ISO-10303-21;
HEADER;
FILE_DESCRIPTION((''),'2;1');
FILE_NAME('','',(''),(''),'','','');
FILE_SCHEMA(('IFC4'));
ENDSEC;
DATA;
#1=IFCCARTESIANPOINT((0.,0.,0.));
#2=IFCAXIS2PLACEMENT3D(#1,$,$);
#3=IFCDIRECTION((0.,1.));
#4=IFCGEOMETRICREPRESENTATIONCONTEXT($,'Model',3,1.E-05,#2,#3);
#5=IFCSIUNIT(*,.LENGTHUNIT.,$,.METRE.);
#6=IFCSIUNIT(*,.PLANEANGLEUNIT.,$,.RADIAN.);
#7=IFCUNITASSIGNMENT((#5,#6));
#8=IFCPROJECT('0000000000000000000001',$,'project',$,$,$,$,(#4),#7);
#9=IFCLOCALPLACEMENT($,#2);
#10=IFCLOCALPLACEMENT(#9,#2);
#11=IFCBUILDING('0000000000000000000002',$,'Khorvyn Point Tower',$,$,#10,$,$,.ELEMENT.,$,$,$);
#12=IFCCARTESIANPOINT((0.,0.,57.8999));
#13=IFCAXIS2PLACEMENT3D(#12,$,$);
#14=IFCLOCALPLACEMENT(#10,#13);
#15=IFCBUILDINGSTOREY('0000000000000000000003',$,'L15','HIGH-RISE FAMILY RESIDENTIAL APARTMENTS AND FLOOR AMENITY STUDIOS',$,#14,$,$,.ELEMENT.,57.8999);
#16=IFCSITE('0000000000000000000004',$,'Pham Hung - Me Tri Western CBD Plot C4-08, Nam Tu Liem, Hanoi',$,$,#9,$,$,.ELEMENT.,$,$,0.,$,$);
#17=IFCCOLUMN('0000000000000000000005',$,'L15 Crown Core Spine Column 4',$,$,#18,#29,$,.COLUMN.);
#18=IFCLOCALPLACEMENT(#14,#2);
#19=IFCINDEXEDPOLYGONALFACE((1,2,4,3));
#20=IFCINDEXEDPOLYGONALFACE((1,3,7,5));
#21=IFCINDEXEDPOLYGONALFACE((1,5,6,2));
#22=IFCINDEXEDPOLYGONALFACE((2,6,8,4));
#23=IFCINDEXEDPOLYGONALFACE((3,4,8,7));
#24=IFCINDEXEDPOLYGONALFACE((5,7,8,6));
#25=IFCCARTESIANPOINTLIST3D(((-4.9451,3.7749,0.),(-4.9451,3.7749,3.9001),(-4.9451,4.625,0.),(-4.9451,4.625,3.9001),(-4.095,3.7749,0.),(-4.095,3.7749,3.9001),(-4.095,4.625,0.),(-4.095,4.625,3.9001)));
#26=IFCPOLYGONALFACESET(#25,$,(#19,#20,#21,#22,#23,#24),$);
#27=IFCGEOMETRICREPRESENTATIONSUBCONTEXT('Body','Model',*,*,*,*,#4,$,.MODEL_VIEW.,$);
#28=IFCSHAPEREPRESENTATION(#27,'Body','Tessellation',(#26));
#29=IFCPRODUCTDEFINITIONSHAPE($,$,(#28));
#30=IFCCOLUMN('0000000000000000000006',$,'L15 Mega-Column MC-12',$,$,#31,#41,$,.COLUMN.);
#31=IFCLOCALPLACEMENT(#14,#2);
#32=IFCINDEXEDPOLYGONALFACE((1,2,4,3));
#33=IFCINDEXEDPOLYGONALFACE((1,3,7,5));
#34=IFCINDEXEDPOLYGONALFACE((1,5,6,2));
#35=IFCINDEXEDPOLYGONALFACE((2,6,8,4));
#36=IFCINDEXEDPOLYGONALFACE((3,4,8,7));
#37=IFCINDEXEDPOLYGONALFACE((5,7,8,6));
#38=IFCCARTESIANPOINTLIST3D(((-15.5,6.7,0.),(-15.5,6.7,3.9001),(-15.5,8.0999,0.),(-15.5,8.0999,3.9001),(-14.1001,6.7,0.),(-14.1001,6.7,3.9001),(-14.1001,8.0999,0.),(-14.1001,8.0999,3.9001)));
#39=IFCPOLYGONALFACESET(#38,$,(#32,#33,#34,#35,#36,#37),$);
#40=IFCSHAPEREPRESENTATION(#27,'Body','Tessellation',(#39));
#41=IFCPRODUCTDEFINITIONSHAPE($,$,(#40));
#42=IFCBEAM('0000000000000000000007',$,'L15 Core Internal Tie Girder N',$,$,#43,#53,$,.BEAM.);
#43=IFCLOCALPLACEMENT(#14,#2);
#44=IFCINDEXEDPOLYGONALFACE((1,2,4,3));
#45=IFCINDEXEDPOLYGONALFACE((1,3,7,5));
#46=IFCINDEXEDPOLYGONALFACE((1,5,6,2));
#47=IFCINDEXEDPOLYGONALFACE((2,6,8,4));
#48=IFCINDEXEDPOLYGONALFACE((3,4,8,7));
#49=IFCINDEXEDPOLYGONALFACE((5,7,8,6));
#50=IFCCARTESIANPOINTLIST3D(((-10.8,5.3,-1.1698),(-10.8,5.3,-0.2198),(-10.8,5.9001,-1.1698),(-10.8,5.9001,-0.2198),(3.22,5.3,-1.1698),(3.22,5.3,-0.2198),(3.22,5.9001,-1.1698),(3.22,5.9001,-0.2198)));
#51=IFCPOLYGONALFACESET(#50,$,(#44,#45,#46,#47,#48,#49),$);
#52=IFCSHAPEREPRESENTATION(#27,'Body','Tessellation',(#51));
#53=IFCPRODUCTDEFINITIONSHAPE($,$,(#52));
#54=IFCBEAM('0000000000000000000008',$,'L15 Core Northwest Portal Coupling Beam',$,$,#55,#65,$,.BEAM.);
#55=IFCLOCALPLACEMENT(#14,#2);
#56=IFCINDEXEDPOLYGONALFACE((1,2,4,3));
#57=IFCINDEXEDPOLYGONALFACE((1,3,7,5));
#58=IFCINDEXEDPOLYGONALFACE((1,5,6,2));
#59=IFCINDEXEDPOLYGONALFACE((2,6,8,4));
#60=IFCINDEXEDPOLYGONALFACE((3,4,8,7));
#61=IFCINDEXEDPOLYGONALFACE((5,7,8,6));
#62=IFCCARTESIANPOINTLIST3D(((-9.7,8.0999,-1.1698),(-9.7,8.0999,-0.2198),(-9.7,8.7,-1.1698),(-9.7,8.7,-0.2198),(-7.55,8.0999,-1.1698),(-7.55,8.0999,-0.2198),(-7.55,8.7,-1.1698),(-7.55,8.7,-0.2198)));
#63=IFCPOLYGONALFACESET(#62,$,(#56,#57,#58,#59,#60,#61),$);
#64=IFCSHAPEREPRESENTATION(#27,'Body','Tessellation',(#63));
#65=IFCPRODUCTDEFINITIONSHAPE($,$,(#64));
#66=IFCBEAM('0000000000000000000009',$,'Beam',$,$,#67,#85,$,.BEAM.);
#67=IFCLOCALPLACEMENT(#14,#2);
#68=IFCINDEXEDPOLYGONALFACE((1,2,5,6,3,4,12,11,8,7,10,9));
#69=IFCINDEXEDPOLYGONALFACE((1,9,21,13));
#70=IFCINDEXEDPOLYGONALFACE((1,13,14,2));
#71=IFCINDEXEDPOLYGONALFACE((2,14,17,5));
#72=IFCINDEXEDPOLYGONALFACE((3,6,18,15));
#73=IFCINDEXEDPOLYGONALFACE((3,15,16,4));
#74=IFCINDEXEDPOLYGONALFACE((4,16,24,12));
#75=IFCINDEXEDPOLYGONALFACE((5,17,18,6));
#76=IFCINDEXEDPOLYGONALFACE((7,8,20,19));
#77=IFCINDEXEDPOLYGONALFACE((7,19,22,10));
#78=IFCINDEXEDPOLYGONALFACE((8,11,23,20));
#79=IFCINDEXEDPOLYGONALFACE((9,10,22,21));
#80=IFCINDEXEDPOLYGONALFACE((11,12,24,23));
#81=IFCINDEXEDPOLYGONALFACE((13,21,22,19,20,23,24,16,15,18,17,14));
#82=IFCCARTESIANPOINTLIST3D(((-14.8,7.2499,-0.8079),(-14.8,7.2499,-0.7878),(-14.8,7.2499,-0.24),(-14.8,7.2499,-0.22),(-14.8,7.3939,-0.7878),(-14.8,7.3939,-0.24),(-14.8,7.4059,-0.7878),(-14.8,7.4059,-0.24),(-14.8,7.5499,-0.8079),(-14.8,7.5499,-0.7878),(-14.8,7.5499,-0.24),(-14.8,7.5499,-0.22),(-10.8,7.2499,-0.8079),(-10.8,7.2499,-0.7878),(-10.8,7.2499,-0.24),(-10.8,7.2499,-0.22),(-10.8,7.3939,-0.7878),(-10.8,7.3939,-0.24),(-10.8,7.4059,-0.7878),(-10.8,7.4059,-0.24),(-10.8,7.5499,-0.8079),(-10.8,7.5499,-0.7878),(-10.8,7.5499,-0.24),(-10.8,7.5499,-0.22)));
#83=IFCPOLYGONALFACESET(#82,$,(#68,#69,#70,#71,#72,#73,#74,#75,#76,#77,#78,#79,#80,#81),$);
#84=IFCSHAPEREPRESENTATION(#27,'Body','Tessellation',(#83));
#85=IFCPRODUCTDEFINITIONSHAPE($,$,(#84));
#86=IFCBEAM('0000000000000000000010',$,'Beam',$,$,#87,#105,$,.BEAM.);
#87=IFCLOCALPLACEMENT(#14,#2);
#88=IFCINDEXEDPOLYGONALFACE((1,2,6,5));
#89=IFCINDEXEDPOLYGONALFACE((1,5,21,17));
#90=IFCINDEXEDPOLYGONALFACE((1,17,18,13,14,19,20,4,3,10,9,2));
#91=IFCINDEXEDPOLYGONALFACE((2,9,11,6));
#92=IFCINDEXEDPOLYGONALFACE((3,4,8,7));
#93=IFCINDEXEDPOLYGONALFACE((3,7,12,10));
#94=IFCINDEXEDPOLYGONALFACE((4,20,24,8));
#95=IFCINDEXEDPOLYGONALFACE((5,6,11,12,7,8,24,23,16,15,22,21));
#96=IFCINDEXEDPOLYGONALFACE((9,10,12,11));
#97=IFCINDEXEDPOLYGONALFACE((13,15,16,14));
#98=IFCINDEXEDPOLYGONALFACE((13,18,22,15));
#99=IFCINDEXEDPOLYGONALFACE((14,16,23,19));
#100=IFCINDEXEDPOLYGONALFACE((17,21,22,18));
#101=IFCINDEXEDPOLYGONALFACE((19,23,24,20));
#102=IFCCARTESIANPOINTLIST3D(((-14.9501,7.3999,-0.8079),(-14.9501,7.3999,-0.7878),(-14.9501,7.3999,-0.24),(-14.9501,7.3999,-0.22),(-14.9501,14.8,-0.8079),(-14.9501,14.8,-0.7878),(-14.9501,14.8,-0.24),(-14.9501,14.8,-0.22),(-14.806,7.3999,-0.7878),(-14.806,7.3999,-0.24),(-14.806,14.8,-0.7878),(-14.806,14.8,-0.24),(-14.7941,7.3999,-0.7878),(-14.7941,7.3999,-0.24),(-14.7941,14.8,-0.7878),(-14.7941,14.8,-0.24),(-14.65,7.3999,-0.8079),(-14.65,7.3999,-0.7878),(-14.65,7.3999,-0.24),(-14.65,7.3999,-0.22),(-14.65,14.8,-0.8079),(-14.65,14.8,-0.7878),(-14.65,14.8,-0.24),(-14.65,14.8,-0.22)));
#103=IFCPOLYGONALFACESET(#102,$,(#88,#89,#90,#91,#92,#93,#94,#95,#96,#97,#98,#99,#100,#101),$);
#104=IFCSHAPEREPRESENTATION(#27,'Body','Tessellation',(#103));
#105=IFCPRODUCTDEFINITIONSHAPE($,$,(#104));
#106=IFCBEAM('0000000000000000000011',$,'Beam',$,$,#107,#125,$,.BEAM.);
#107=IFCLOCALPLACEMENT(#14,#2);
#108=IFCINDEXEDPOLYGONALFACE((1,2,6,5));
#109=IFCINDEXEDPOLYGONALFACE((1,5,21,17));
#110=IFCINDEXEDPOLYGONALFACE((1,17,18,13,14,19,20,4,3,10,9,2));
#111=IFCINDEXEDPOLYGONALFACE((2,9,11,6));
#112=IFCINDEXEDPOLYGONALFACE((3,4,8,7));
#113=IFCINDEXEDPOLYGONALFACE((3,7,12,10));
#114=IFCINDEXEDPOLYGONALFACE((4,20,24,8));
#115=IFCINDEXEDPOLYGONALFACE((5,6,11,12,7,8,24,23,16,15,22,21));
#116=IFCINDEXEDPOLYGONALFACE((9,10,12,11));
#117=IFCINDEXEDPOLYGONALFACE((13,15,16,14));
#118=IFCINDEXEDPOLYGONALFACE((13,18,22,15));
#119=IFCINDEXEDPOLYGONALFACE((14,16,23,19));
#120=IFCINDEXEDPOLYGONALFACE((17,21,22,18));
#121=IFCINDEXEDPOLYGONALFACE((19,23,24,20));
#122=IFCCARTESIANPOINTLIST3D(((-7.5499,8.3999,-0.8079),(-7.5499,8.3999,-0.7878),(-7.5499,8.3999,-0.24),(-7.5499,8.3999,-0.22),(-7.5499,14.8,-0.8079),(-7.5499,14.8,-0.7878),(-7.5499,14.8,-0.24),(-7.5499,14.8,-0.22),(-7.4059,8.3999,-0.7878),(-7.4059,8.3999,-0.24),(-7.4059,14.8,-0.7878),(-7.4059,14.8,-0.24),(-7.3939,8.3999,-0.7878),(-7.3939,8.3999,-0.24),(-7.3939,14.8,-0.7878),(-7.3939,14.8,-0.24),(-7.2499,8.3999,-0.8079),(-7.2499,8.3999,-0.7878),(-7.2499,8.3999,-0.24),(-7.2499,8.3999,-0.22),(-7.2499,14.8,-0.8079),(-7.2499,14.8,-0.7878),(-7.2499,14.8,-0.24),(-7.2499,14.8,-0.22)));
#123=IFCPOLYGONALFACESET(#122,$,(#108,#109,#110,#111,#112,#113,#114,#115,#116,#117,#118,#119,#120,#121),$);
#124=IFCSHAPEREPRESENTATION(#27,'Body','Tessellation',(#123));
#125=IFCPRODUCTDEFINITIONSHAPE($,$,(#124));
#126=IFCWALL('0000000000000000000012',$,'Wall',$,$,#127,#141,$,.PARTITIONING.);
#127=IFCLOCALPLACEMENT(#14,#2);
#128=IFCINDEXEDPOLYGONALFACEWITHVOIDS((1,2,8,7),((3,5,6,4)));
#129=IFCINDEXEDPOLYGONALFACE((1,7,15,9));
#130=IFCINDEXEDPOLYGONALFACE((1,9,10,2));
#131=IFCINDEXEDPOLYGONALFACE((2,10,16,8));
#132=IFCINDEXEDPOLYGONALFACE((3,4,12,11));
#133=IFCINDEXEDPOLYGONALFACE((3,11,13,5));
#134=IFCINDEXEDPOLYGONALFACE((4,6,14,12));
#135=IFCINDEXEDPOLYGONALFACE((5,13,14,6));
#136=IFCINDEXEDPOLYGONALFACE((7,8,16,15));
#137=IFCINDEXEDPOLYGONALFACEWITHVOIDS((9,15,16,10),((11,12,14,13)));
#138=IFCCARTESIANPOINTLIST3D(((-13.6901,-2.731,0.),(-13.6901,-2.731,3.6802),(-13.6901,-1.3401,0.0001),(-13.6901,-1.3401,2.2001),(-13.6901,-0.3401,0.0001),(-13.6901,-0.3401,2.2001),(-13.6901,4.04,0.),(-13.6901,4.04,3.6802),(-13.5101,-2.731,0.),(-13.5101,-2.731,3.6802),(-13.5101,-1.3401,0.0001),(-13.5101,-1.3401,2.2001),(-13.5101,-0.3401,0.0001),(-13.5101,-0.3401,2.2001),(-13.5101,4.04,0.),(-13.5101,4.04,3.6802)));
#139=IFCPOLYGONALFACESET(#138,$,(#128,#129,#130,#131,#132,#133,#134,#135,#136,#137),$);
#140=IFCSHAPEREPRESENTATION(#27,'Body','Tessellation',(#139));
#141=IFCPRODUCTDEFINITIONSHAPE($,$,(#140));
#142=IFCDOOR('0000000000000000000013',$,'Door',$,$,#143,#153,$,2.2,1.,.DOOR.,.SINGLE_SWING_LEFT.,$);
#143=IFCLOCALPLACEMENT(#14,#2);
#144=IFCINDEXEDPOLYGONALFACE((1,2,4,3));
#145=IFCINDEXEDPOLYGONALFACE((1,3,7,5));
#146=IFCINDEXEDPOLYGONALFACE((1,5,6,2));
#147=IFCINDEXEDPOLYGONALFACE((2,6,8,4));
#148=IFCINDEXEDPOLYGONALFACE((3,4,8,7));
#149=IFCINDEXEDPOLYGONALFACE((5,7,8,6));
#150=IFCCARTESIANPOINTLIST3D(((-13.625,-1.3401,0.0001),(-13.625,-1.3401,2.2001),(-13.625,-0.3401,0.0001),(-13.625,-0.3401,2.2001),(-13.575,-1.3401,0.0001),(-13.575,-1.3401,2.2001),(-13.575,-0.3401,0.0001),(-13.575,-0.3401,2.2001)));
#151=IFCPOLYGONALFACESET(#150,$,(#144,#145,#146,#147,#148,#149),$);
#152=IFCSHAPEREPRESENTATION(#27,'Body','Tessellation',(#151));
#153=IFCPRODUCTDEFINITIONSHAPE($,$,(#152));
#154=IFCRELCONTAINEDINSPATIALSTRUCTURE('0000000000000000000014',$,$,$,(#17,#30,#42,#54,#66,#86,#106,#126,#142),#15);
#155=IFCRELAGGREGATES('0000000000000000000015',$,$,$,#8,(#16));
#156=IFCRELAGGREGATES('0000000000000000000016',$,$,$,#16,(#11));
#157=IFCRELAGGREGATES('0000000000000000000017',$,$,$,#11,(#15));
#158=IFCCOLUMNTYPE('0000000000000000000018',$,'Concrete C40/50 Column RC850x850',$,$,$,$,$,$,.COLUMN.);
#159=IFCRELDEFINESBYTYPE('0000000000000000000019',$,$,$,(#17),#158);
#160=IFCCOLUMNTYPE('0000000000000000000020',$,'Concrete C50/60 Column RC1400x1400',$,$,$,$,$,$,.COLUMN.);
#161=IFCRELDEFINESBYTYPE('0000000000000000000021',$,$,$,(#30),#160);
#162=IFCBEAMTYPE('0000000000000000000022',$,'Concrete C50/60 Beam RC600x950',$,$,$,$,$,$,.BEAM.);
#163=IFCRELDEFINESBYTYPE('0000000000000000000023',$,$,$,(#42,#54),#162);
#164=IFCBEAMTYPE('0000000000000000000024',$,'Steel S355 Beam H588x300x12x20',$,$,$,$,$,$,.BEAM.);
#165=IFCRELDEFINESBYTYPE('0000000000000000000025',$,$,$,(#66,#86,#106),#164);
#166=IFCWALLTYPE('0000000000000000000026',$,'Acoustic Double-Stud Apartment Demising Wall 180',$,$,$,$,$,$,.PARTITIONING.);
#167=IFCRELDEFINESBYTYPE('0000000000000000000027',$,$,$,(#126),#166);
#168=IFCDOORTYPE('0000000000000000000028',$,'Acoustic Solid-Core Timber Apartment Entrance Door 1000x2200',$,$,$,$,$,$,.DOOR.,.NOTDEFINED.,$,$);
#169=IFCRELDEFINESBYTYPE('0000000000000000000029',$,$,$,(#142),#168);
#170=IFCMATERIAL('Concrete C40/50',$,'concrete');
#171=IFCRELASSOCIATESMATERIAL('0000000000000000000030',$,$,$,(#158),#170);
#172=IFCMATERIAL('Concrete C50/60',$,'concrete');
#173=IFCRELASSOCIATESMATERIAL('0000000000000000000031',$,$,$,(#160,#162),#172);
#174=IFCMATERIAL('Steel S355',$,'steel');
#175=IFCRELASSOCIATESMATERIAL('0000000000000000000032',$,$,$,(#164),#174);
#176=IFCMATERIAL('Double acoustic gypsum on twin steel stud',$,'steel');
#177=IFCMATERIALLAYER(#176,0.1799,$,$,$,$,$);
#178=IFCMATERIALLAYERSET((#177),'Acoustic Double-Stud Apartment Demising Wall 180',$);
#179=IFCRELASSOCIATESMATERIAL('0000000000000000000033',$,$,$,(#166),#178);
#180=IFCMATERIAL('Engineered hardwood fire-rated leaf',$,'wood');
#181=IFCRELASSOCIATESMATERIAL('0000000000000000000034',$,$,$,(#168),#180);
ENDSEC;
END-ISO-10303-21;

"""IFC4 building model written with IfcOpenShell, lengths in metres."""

from ifc_helpers import new_model, si_unit, direction, frame, frame_2d, origin, origin_2d, place, context, subcontext, project, spatial, rectangle, i_section, extrude, material, layer, layer_set, material_profile, profile_set, type_object, element, fill, save


model = new_model("IFC4")

# Units and contexts
model_context = context("Model", 3, precision=1e-05, world=origin(), true_north=direction((0.0, 1.0)))
body_context = subcontext(model_context, "Body", "Model", "MODEL_VIEW")
ifc_project = project(units=[si_unit("LENGTHUNIT", "METRE"), si_unit("PLANEANGLEUNIT", "RADIAN")], contexts=[model_context])

# Site, building, storey
site_placement = place(None, origin())
site = spatial("IfcSite", under=ifc_project, at=site_placement, Name="Pham Hung - Me Tri Western CBD Plot C4-08, Nam Tu Liem, Hanoi", CompositionType="ELEMENT", RefElevation=0.0)
building_placement = place(site_placement, origin())
building = spatial("IfcBuilding", under=site, at=building_placement, Name="Khorvyn Point Tower", CompositionType="ELEMENT")
storey_placement = place(building_placement, frame((0.0, 0.0, 57.8999)))
storey = spatial("IfcBuildingStorey", under=building, at=storey_placement, Name="L15", Description="HIGH-RISE FAMILY RESIDENTIAL APARTMENTS AND FLOOR AMENITY STUDIOS", CompositionType="ELEMENT", Elevation=57.8999)

# Columns
ifc_material_1 = material(Name="Concrete C40/50", Category="concrete")
ifc_material_profile_1 = material_profile(ifc_material_1, rectangle(XDim=0.8501, YDim=0.8501, at=origin_2d()))
ifc_profile_set_1 = profile_set([ifc_material_profile_1], Name="Concrete C40/50 RC850x850")
column_type_1 = type_object("IfcColumnType", Name="Concrete C40/50 Column RC850x850", PredefinedType="COLUMN", material=ifc_profile_set_1)
column_1_placement = place(storey_placement, frame((-4.52, 4.2, 0.0), z_axis=(0.0, 0.0, 1.0), x_axis=(1.0, 0.0, 0.0)))
element("IfcColumn", 1, at=column_1_placement, inside=storey, type_object=column_type_1, Name="L15 Crown Core Spine Column 4", PredefinedType="COLUMN", context=body_context, shape_type="SweptSolid", body=[
    extrude(rectangle(XDim=0.8501, YDim=0.8501, at=origin_2d()), origin(), (0.0, 0.0, 1.0), 3.9001),
])
ifc_material_2 = material(Name="Concrete C50/60", Category="concrete")
ifc_material_profile_2 = material_profile(ifc_material_2, rectangle(XDim=1.3999, YDim=1.3999, at=origin_2d()))
ifc_profile_set_2 = profile_set([ifc_material_profile_2], Name="Concrete C50/60 RC1400x1400")
column_type_2 = type_object("IfcColumnType", Name="Concrete C50/60 Column RC1400x1400", PredefinedType="COLUMN", material=ifc_profile_set_2)
column_2_placement = place(storey_placement, frame((-14.8, 7.3999, 0.0), z_axis=(0.0, 0.0, 1.0), x_axis=(1.0, 0.0, 0.0)))
element("IfcColumn", 2, at=column_2_placement, inside=storey, type_object=column_type_2, Name="L15 Mega-Column MC-12", PredefinedType="COLUMN", context=body_context, shape_type="SweptSolid", body=[
    extrude(rectangle(XDim=1.3999, YDim=1.3999, at=origin_2d()), origin(), (0.0, 0.0, 1.0), 3.9001),
])

# Beams
ifc_material_profile_3 = material_profile(ifc_material_2, rectangle(XDim=0.6001, YDim=0.95, at=origin_2d()))
ifc_profile_set_3 = profile_set([ifc_material_profile_3], Name="Concrete C50/60 RC600x950")
beam_type_1 = type_object("IfcBeamType", Name="Concrete C50/60 Beam RC600x950", PredefinedType="BEAM", material=ifc_profile_set_3)
beam_1_placement = place(storey_placement, frame((-10.8, 5.6001, -0.6948), z_axis=(1.0, 0.0, 0.0), x_axis=(0.0, 1.0, 0.0)))
element("IfcBeam", 3, at=beam_1_placement, inside=storey, type_object=beam_type_1, Name="L15 Core Internal Tie Girder N", PredefinedType="BEAM", context=body_context, shape_type="SweptSolid", body=[
    extrude(rectangle(XDim=0.6001, YDim=0.95, at=origin_2d()), origin(), (0.0, 0.0, 1.0), 14.02),
])
beam_2_placement = place(storey_placement, frame((-9.7, 8.3999, -0.6948), z_axis=(1.0, 0.0, 0.0), x_axis=(0.0, 1.0, 0.0)))
element("IfcBeam", 4, at=beam_2_placement, inside=storey, type_object=beam_type_1, Name="L15 Core Northwest Portal Coupling Beam", PredefinedType="BEAM", context=body_context, shape_type="SweptSolid", body=[
    extrude(rectangle(XDim=0.6001, YDim=0.95, at=origin_2d()), origin(), (0.0, 0.0, 1.0), 2.1499),
])
ifc_material_3 = material(Name="Steel S355", Category="steel")
ifc_material_profile_4 = material_profile(ifc_material_3, i_section(OverallWidth=0.3, OverallDepth=0.5879, WebThickness=0.012, FlangeThickness=0.02, at=origin_2d()))
ifc_profile_set_4 = profile_set([ifc_material_profile_4], Name="Steel S355 H588x300x12x20")
beam_type_2 = type_object("IfcBeamType", Name="Steel S355 Beam H588x300x12x20", PredefinedType="BEAM", material=ifc_profile_set_4)
beam_3_placement = place(storey_placement, frame((-14.8, 7.3999, -0.5139), z_axis=(1.0, 0.0, 0.0), x_axis=(0.0, 1.0, 0.0)))
element("IfcBeam", 5, at=beam_3_placement, inside=storey, type_object=beam_type_2, Name="Beam", PredefinedType="BEAM", context=body_context, shape_type="SweptSolid", body=[
    extrude(i_section(OverallWidth=0.3, OverallDepth=0.5879, WebThickness=0.012, FlangeThickness=0.02, at=origin_2d()), origin(), (0.0, 0.0, 1.0), 4.0),
])
beam_4_placement = place(storey_placement, frame((-14.8, 7.3999, -0.5139), z_axis=(0.0, 1.0, 0.0), x_axis=(-1.0, 0.0, 0.0)))
element("IfcBeam", 6, at=beam_4_placement, inside=storey, type_object=beam_type_2, Name="Beam", PredefinedType="BEAM", context=body_context, shape_type="SweptSolid", body=[
    extrude(i_section(OverallWidth=0.3, OverallDepth=0.5879, WebThickness=0.012, FlangeThickness=0.02, at=origin_2d()), origin(), (0.0, 0.0, 1.0), 7.4001),
])
beam_5_placement = place(storey_placement, frame((-7.3999, 8.3999, -0.5139), z_axis=(0.0, 1.0, 0.0), x_axis=(-1.0, 0.0, 0.0)))
element("IfcBeam", 7, at=beam_5_placement, inside=storey, type_object=beam_type_2, Name="Beam", PredefinedType="BEAM", context=body_context, shape_type="SweptSolid", body=[
    extrude(i_section(OverallWidth=0.3, OverallDepth=0.5879, WebThickness=0.012, FlangeThickness=0.02, at=origin_2d()), origin(), (0.0, 0.0, 1.0), 6.4001),
])

# Wall, opening, door
ifc_material_4 = material(Name="Double acoustic gypsum on twin steel stud", Category="steel")
ifc_layer_1 = layer(ifc_material_4, 0.1799)
ifc_layer_set_1 = layer_set([ifc_layer_1], Name="Acoustic Double-Stud Apartment Demising Wall 180")
wall_type_1 = type_object("IfcWallType", Name="Acoustic Double-Stud Apartment Demising Wall 180", PredefinedType="PARTITIONING", material=ifc_layer_set_1)
wall_1_placement = place(storey_placement, frame((-13.6001, -2.731, 0.0), z_axis=(0.0, 0.0, 1.0), x_axis=(0.0, 1.0, 0.0)))
wall_1 = element("IfcWall", 8, at=wall_1_placement, inside=storey, type_object=wall_type_1, Name="Wall", PredefinedType="PARTITIONING", context=body_context, shape_type="SweptSolid", body=[
    extrude(rectangle(XDim=6.771, YDim=0.1799, at=frame_2d((3.3855, 0.0))), origin(), (0.0, 0.0, 1.0), 3.6802),
])
opening_1_placement = place(wall_1_placement, frame((1.3909, 0.0, 0.0)))
opening_1 = element("IfcOpeningElement", 9, at=opening_1_placement, cuts=wall_1, PredefinedType="OPENING", context=body_context, shape_type="SweptSolid", body=[
    extrude(rectangle(XDim=1.0, YDim=2.2, at=frame_2d((0.5, 1.1001))), frame((0.0, 0.0999, 0.0), z_axis=(0.0, -1.0, 0.0), x_axis=(1.0, 0.0, 0.0)), (0.0, 0.0, 1.0), 0.2),
])
ifc_material_5 = material(Name="Engineered hardwood fire-rated leaf", Category="wood")
door_type_1 = type_object("IfcDoorType", Name="Acoustic Solid-Core Timber Apartment Entrance Door 1000x2200", OperationType="NOTDEFINED", PredefinedType="DOOR", material=ifc_material_5)
door_1_placement = place(opening_1_placement, origin())
door_1 = element("IfcDoor", 10, at=door_1_placement, inside=storey, type_object=door_type_1, Name="Door", OperationType="SINGLE_SWING_LEFT", OverallHeight=2.2, OverallWidth=1.0, PredefinedType="DOOR", context=body_context, shape_type="SweptSolid", body=[
    extrude(rectangle(XDim=1.0, YDim=2.2, at=frame_2d((0.5, 1.1001))), frame((0.0, 0.0249, 0.0), z_axis=(0.0, -1.0, 0.0), x_axis=(1.0, 0.0, 0.0)), (0.0, 0.0, 1.0), 0.05),
])
fill(opening_1, door_1)

save(model, "model.ifc")
